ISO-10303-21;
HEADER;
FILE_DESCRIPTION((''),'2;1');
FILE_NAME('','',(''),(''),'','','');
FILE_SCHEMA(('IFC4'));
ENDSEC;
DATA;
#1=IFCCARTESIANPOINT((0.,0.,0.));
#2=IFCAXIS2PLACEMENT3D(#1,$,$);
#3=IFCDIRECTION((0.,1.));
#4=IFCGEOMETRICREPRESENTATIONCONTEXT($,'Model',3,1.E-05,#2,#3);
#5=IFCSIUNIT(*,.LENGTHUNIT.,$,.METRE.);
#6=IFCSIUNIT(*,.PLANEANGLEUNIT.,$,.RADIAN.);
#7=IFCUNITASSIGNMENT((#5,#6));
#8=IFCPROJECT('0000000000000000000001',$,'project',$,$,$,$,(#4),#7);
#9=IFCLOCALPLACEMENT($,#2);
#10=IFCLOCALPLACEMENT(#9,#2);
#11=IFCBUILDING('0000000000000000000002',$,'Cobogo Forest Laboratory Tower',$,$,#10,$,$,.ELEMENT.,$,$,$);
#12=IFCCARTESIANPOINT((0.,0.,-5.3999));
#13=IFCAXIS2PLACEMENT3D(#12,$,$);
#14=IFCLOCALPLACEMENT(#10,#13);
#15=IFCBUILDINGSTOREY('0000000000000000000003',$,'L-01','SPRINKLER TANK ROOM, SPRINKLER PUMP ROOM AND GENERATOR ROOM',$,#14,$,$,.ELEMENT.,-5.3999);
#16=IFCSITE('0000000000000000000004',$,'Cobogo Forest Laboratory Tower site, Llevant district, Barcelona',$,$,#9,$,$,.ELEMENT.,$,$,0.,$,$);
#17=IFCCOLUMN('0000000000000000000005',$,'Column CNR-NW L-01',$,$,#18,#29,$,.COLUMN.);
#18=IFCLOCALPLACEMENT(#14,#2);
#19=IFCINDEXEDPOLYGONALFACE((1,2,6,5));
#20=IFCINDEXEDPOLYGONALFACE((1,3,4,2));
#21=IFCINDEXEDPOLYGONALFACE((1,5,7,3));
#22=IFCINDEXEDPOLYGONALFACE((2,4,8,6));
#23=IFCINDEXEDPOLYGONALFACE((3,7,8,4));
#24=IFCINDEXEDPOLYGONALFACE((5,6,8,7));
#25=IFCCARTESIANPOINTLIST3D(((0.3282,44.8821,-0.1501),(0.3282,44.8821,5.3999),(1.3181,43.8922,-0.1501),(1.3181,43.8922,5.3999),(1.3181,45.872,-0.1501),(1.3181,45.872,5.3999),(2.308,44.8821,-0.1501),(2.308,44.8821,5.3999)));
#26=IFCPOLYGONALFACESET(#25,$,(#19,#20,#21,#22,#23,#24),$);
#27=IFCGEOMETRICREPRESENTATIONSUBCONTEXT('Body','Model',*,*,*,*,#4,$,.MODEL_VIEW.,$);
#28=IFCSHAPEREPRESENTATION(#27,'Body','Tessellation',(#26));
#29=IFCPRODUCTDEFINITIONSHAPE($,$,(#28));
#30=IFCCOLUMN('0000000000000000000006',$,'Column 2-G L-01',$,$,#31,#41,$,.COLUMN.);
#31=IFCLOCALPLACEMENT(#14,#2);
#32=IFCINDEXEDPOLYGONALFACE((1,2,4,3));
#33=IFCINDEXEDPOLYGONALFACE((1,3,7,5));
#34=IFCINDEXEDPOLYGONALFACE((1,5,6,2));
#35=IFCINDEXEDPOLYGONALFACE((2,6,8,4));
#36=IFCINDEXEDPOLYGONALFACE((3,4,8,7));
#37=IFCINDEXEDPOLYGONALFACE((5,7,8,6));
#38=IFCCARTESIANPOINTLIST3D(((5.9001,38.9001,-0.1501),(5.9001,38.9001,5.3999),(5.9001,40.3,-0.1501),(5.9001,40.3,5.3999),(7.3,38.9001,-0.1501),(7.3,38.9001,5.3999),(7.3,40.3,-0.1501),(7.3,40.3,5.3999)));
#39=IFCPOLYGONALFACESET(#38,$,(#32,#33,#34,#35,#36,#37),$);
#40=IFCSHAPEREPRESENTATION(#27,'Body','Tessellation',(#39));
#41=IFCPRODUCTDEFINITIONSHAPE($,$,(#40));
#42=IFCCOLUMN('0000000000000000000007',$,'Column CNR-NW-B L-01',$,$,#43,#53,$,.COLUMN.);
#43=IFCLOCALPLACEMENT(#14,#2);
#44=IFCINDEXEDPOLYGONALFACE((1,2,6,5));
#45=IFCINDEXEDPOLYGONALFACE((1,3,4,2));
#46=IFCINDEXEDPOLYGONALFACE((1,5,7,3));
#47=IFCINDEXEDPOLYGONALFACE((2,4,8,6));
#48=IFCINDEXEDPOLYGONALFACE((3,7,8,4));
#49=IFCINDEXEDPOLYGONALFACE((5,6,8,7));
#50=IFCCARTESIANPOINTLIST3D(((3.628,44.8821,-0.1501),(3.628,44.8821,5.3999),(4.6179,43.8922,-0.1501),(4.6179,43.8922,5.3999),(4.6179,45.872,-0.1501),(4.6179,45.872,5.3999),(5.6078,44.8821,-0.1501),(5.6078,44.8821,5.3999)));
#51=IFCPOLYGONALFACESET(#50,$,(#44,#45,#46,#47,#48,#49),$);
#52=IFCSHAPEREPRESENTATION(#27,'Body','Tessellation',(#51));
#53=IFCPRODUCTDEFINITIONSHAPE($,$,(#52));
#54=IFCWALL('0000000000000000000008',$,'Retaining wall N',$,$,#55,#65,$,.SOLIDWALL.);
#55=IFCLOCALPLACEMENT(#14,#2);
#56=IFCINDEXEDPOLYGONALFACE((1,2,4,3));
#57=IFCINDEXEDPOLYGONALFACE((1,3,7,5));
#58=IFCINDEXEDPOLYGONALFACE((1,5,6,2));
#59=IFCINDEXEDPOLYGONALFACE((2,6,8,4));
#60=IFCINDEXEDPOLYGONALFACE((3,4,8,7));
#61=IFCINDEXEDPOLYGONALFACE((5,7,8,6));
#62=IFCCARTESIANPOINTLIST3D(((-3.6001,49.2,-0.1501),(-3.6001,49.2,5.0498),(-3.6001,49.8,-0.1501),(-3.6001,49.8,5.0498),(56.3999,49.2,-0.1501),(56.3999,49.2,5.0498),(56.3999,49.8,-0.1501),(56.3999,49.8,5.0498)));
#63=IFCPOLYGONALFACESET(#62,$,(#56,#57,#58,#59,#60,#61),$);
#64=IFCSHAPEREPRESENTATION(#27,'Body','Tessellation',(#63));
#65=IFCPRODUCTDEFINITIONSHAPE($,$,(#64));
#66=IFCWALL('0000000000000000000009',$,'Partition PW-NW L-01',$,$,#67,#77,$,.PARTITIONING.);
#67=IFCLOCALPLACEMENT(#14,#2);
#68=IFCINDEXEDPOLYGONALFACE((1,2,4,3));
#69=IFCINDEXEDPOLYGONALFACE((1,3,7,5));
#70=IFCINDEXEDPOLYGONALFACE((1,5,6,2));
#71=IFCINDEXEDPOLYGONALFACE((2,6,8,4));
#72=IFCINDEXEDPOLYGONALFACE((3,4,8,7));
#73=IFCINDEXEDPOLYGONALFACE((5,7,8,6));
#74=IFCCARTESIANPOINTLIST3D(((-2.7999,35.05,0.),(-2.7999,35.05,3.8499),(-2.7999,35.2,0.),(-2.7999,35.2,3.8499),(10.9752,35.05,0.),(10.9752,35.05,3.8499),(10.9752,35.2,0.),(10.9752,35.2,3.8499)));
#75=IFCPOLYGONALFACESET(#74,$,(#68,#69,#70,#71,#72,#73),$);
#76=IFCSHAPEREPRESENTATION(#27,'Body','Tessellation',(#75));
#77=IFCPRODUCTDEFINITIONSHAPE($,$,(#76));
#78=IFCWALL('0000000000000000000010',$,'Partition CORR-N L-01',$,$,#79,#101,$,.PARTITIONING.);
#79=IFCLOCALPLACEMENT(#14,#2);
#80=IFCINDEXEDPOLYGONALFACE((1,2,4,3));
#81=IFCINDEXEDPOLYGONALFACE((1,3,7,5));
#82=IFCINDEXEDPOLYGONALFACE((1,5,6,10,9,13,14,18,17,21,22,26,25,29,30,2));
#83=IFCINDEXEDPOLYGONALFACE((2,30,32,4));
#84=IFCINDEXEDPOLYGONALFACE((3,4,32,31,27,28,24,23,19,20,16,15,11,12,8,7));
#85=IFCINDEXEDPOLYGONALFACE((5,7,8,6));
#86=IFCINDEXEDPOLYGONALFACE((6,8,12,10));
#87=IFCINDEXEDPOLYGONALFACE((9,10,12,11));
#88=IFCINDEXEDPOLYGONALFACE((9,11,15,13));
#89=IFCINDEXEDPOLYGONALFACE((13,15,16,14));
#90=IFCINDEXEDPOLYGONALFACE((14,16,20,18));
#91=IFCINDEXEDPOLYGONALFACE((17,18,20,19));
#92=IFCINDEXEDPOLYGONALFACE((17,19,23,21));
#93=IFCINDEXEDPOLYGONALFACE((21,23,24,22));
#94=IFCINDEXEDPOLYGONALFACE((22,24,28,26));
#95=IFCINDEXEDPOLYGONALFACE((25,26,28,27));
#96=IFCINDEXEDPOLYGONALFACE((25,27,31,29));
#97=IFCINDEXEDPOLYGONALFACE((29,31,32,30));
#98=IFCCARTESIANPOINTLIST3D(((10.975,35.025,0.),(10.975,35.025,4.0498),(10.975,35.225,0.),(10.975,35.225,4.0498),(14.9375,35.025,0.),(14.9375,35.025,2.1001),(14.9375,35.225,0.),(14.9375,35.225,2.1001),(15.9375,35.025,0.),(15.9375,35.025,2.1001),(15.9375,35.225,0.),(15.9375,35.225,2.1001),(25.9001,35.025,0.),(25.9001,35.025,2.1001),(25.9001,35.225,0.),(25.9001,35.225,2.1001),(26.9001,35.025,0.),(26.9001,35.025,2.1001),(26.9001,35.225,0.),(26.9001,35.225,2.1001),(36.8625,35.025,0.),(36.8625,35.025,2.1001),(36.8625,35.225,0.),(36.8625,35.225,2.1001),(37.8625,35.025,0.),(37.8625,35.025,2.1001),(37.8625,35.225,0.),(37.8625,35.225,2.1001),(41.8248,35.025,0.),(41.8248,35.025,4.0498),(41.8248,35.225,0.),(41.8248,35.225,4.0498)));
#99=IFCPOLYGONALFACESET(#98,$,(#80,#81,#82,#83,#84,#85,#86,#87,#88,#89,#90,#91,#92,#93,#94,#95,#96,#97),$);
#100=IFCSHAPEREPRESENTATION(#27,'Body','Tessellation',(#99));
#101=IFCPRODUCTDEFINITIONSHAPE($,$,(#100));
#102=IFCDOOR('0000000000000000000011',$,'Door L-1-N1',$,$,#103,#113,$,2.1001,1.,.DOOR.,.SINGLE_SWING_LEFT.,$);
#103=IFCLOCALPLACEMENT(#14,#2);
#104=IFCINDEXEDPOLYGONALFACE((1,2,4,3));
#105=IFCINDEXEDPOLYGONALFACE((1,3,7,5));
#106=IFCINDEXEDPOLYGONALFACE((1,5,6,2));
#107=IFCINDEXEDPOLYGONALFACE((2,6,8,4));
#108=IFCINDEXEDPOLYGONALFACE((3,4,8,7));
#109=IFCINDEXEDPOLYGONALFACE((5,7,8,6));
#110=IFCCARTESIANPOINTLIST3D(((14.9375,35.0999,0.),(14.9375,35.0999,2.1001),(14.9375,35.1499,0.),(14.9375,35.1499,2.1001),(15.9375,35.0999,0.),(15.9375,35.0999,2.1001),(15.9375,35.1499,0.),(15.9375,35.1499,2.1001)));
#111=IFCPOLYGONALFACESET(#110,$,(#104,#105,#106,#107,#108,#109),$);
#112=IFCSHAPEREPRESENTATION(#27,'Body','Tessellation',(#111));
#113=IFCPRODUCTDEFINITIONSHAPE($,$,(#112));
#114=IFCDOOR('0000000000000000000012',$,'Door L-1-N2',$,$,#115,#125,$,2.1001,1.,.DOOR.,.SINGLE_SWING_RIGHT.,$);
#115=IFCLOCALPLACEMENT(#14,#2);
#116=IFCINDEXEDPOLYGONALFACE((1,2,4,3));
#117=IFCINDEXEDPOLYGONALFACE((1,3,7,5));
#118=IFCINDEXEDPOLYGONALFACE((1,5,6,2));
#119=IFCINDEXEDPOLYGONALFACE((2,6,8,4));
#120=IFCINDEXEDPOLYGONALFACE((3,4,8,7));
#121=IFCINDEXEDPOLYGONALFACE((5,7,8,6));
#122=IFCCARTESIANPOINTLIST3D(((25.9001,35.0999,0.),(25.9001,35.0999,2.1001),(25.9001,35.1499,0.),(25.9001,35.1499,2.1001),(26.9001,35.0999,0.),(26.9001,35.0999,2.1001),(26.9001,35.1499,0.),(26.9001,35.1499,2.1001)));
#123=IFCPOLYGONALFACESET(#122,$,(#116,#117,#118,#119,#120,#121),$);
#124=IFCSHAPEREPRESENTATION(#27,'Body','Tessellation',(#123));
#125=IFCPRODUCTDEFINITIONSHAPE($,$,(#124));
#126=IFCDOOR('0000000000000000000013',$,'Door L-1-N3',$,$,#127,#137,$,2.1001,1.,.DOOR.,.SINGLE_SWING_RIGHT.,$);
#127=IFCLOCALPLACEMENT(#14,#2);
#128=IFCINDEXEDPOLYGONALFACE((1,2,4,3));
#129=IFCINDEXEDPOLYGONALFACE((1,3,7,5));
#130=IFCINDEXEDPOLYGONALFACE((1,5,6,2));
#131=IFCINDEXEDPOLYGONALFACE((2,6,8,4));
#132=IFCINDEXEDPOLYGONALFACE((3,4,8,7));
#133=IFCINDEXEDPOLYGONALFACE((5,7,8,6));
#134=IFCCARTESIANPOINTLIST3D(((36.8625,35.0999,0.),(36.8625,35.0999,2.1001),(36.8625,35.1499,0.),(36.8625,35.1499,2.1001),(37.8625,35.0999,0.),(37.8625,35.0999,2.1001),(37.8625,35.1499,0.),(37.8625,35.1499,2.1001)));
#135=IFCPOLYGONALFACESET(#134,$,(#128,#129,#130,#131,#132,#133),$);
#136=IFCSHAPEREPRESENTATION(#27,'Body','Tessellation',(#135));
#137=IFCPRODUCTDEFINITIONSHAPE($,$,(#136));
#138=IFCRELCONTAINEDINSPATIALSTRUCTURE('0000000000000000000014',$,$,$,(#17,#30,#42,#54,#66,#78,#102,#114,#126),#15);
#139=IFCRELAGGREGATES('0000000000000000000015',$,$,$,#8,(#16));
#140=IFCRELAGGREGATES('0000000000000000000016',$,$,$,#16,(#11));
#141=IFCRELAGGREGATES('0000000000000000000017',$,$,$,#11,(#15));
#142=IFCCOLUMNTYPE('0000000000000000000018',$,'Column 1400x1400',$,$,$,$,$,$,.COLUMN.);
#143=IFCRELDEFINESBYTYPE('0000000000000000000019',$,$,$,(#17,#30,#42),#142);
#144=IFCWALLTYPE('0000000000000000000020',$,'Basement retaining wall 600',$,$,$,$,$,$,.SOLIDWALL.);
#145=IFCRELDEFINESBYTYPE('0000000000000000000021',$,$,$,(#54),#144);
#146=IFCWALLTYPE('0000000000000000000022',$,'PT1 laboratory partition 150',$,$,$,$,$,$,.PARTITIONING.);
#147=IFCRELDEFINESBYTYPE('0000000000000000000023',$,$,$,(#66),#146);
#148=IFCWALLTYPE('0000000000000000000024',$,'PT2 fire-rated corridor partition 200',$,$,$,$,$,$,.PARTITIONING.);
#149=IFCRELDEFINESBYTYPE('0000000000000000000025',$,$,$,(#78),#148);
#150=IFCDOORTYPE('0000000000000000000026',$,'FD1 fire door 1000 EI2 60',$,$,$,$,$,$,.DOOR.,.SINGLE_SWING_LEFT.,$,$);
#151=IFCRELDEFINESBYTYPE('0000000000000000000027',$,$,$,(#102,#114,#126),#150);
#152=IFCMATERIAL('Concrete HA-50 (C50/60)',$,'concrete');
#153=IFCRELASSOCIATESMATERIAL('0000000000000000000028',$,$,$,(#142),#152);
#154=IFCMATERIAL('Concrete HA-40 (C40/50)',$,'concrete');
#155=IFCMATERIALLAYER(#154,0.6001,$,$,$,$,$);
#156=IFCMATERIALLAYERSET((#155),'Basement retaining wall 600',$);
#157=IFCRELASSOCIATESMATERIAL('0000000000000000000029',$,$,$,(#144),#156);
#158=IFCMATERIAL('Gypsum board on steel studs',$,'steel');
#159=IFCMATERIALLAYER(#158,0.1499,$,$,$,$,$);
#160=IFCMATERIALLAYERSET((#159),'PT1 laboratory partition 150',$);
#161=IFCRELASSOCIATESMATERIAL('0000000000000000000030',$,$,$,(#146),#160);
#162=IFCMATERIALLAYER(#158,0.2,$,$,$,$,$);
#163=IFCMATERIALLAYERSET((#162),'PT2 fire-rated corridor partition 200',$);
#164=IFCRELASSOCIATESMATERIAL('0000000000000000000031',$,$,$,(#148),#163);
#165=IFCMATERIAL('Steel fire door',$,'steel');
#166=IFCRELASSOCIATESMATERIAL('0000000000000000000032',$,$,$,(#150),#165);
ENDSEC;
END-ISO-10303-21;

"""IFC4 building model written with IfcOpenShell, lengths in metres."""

from ifc_helpers import new_model, si_unit, direction, frame, frame_2d, origin, origin_2d, place, context, subcontext, project, spatial, rectangle, extrude, material, layer, layer_set, material_profile, profile_set, type_object, element, fill, save


model = new_model("IFC4")

# Units and contexts
model_context = context("Model", 3, precision=1e-05, world=origin(), true_north=direction((0.0, 1.0)))
body_context = subcontext(model_context, "Body", "Model", "MODEL_VIEW")
ifc_project = project(units=[si_unit("LENGTHUNIT", "METRE"), si_unit("PLANEANGLEUNIT", "RADIAN")], contexts=[model_context])

# Site, building, storey
site_placement = place(None, origin())
site = spatial("IfcSite", under=ifc_project, at=site_placement, Name="Cobogo Forest Laboratory Tower site, Llevant district, Barcelona", CompositionType="ELEMENT", RefElevation=0.0)
building_placement = place(site_placement, origin())
building = spatial("IfcBuilding", under=site, at=building_placement, Name="Cobogo Forest Laboratory Tower", CompositionType="ELEMENT")
storey_placement = place(building_placement, frame((0.0, 0.0, -5.3999)))
storey = spatial("IfcBuildingStorey", under=building, at=storey_placement, Name="L-01", Description="SPRINKLER TANK ROOM, SPRINKLER PUMP ROOM AND GENERATOR ROOM", CompositionType="ELEMENT", Elevation=-5.3999)

# Shared definitions
ifc_material_1 = material(Name="Concrete HA-40 (C40/50)", Category="concrete")

# Columns
ifc_material_2 = material(Name="Concrete HA-50 (C50/60)", Category="concrete")
ifc_material_profile_1 = material_profile(ifc_material_2, rectangle(XDim=1.3999, YDim=1.3999, at=origin_2d()), Name="RC 1400x1400")
ifc_profile_set_1 = profile_set([ifc_material_profile_1], Name="Concrete HA-50 (C50/60)")
column_type_1 = type_object("IfcColumnType", Name="Column 1400x1400", PredefinedType="COLUMN", material=ifc_profile_set_1)
for number, where, z_axis, x_axis, name in (
    (1, (1.3181, 44.8821, -0.1501), (0.0, 0.0, 1.0), (0.707107, 0.707107, 0.0), "Column CNR-NW L-01"),
    (2, (6.6001, 39.6001, -0.1501), (0.0, 0.0, 1.0), (1.0, 0.0, 0.0), "Column 2-G L-01"),
    (3, (4.6179, 44.8821, -0.1501), (0.0, 0.0, 1.0), (0.707107, 0.707107, 0.0), "Column CNR-NW-B L-01"),
):
    element("IfcColumn", number, at=place(storey_placement, frame(where, z_axis=z_axis, x_axis=x_axis)), inside=storey, type_object=column_type_1, Name=name, PredefinedType="COLUMN", context=body_context, shape_type="SweptSolid", body=[
        extrude(rectangle(XDim=1.3999, YDim=1.3999, at=origin_2d()), origin(), (0.0, 0.0, 1.0), 5.55),
    ])

# Walls
ifc_layer_1 = layer(ifc_material_1, 0.6001)
ifc_layer_set_1 = layer_set([ifc_layer_1], Name="Basement retaining wall 600")
wall_type_1 = type_object("IfcWallType", Name="Basement retaining wall 600", PredefinedType="SOLIDWALL", material=ifc_layer_set_1)
wall_1_placement = place(storey_placement, frame((-3.6001, 49.5, -0.1501), z_axis=(0.0, 0.0, 1.0), x_axis=(1.0, 0.0, 0.0)))
element("IfcWall", 4, at=wall_1_placement, inside=storey, type_object=wall_type_1, Name="Retaining wall N", PredefinedType="SOLIDWALL", context=body_context, shape_type="SweptSolid", body=[
    extrude(rectangle(XDim=60.0, YDim=0.6001, at=frame_2d((30.0, 0.0))), origin(), (0.0, 0.0, 1.0), 5.2),
])
ifc_material_3 = material(Name="Gypsum board on steel studs", Category="steel")
ifc_layer_2 = layer(ifc_material_3, 0.1499)
ifc_layer_set_2 = layer_set([ifc_layer_2], Name="PT1 laboratory partition 150")
wall_type_2 = type_object("IfcWallType", Name="PT1 laboratory partition 150", PredefinedType="PARTITIONING", material=ifc_layer_set_2)
wall_2_placement = place(storey_placement, frame((-2.8, 35.125, 0.0), z_axis=(0.0, 0.0, 1.0), x_axis=(1.0, 0.0, 0.0)))
element("IfcWall", 5, at=wall_2_placement, inside=storey, type_object=wall_type_2, Name="Partition PW-NW L-01", PredefinedType="PARTITIONING", context=body_context, shape_type="SweptSolid", body=[
    extrude(rectangle(XDim=13.7751, YDim=0.1499, at=frame_2d((6.8877, 0.0))), origin(), (0.0, 0.0, 1.0), 3.8499),
])

# Wall, openings, doors
ifc_layer_3 = layer(ifc_material_3, 0.2)
ifc_layer_set_3 = layer_set([ifc_layer_3], Name="PT2 fire-rated corridor partition 200")
wall_type_3 = type_object("IfcWallType", Name="PT2 fire-rated corridor partition 200", PredefinedType="PARTITIONING", material=ifc_layer_set_3)
wall_3_placement = place(storey_placement, frame((10.9751, 35.125, 0.0), z_axis=(0.0, 0.0, 1.0), x_axis=(1.0, 0.0, 0.0)))
wall_3 = element("IfcWall", 6, at=wall_3_placement, inside=storey, type_object=wall_type_3, Name="Partition CORR-N L-01", PredefinedType="PARTITIONING", context=body_context, shape_type="SweptSolid", body=[
    extrude(rectangle(XDim=30.8499, YDim=0.2, at=frame_2d((15.4248, 0.0))), origin(), (0.0, 0.0, 1.0), 4.0498),
])
opening_1_placement = place(wall_3_placement, frame((3.9624, 0.0, 0.0)))
opening_1 = element("IfcOpeningElement", 7, at=opening_1_placement, cuts=wall_3, PredefinedType="OPENING", context=body_context, shape_type="SweptSolid", body=[
    extrude(rectangle(XDim=1.0, YDim=2.1001, at=frame_2d((0.5, 1.05))), frame((0.0, 0.1099, 0.0), z_axis=(0.0, -1.0, 0.0), x_axis=(1.0, 0.0, 0.0)), (0.0, 0.0, 1.0), 0.22),
])
opening_2_placement = place(wall_3_placement, frame((14.925, 0.0, 0.0)))
opening_2 = element("IfcOpeningElement", 8, at=opening_2_placement, cuts=wall_3, PredefinedType="OPENING", context=body_context, shape_type="SweptSolid", body=[
    extrude(rectangle(XDim=1.0, YDim=2.1001, at=frame_2d((0.5, 1.05))), frame((0.0, 0.1099, 0.0), z_axis=(0.0, -1.0, 0.0), x_axis=(1.0, 0.0, 0.0)), (0.0, 0.0, 1.0), 0.22),
])
opening_3_placement = place(wall_3_placement, frame((25.8875, 0.0, 0.0)))
opening_3 = element("IfcOpeningElement", 9, at=opening_3_placement, cuts=wall_3, PredefinedType="OPENING", context=body_context, shape_type="SweptSolid", body=[
    extrude(rectangle(XDim=1.0, YDim=2.1001, at=frame_2d((0.5, 1.05))), frame((0.0, 0.1099, 0.0), z_axis=(0.0, -1.0, 0.0), x_axis=(1.0, 0.0, 0.0)), (0.0, 0.0, 1.0), 0.22),
])
ifc_material_4 = material(Name="Steel fire door", Category="steel")
door_type = type_object("IfcDoorType", Name="FD1 fire door 1000 EI2 60", OperationType="SINGLE_SWING_LEFT", PredefinedType="DOOR", material=ifc_material_4)
door_1_placement = place(opening_1_placement, origin())
door_1 = element("IfcDoor", 10, at=door_1_placement, inside=storey, type_object=door_type, Name="Door L-1-N1", OperationType="SINGLE_SWING_LEFT", OverallHeight=2.1001, OverallWidth=1.0, PredefinedType="DOOR", context=body_context, shape_type="SweptSolid", body=[
    extrude(rectangle(XDim=1.0, YDim=2.1001, at=frame_2d((0.5, 1.05))), frame((0.0, 0.0249, 0.0), z_axis=(0.0, -1.0, 0.0), x_axis=(1.0, 0.0, 0.0)), (0.0, 0.0, 1.0), 0.05),
])
fill(opening_1, door_1)
door_2_placement = place(opening_2_placement, origin())
door_2 = element("IfcDoor", 11, at=door_2_placement, inside=storey, type_object=door_type, Name="Door L-1-N2", OperationType="SINGLE_SWING_RIGHT", OverallHeight=2.1001, OverallWidth=1.0, PredefinedType="DOOR", context=body_context, shape_type="SweptSolid", body=[
    extrude(rectangle(XDim=1.0, YDim=2.1001, at=frame_2d((0.5, 1.05))), frame((0.0, 0.0249, 0.0), z_axis=(0.0, -1.0, 0.0), x_axis=(1.0, 0.0, 0.0)), (0.0, 0.0, 1.0), 0.05),
])
fill(opening_2, door_2)
door_3_placement = place(opening_3_placement, origin())
door_3 = element("IfcDoor", 12, at=door_3_placement, inside=storey, type_object=door_type, Name="Door L-1-N3", OperationType="SINGLE_SWING_RIGHT", OverallHeight=2.1001, OverallWidth=1.0, PredefinedType="DOOR", context=body_context, shape_type="SweptSolid", body=[
    extrude(rectangle(XDim=1.0, YDim=2.1001, at=frame_2d((0.5, 1.05))), frame((0.0, 0.0249, 0.0), z_axis=(0.0, -1.0, 0.0), x_axis=(1.0, 0.0, 0.0)), (0.0, 0.0, 1.0), 0.05),
])
fill(opening_3, door_3)

save(model, "model.ifc")
